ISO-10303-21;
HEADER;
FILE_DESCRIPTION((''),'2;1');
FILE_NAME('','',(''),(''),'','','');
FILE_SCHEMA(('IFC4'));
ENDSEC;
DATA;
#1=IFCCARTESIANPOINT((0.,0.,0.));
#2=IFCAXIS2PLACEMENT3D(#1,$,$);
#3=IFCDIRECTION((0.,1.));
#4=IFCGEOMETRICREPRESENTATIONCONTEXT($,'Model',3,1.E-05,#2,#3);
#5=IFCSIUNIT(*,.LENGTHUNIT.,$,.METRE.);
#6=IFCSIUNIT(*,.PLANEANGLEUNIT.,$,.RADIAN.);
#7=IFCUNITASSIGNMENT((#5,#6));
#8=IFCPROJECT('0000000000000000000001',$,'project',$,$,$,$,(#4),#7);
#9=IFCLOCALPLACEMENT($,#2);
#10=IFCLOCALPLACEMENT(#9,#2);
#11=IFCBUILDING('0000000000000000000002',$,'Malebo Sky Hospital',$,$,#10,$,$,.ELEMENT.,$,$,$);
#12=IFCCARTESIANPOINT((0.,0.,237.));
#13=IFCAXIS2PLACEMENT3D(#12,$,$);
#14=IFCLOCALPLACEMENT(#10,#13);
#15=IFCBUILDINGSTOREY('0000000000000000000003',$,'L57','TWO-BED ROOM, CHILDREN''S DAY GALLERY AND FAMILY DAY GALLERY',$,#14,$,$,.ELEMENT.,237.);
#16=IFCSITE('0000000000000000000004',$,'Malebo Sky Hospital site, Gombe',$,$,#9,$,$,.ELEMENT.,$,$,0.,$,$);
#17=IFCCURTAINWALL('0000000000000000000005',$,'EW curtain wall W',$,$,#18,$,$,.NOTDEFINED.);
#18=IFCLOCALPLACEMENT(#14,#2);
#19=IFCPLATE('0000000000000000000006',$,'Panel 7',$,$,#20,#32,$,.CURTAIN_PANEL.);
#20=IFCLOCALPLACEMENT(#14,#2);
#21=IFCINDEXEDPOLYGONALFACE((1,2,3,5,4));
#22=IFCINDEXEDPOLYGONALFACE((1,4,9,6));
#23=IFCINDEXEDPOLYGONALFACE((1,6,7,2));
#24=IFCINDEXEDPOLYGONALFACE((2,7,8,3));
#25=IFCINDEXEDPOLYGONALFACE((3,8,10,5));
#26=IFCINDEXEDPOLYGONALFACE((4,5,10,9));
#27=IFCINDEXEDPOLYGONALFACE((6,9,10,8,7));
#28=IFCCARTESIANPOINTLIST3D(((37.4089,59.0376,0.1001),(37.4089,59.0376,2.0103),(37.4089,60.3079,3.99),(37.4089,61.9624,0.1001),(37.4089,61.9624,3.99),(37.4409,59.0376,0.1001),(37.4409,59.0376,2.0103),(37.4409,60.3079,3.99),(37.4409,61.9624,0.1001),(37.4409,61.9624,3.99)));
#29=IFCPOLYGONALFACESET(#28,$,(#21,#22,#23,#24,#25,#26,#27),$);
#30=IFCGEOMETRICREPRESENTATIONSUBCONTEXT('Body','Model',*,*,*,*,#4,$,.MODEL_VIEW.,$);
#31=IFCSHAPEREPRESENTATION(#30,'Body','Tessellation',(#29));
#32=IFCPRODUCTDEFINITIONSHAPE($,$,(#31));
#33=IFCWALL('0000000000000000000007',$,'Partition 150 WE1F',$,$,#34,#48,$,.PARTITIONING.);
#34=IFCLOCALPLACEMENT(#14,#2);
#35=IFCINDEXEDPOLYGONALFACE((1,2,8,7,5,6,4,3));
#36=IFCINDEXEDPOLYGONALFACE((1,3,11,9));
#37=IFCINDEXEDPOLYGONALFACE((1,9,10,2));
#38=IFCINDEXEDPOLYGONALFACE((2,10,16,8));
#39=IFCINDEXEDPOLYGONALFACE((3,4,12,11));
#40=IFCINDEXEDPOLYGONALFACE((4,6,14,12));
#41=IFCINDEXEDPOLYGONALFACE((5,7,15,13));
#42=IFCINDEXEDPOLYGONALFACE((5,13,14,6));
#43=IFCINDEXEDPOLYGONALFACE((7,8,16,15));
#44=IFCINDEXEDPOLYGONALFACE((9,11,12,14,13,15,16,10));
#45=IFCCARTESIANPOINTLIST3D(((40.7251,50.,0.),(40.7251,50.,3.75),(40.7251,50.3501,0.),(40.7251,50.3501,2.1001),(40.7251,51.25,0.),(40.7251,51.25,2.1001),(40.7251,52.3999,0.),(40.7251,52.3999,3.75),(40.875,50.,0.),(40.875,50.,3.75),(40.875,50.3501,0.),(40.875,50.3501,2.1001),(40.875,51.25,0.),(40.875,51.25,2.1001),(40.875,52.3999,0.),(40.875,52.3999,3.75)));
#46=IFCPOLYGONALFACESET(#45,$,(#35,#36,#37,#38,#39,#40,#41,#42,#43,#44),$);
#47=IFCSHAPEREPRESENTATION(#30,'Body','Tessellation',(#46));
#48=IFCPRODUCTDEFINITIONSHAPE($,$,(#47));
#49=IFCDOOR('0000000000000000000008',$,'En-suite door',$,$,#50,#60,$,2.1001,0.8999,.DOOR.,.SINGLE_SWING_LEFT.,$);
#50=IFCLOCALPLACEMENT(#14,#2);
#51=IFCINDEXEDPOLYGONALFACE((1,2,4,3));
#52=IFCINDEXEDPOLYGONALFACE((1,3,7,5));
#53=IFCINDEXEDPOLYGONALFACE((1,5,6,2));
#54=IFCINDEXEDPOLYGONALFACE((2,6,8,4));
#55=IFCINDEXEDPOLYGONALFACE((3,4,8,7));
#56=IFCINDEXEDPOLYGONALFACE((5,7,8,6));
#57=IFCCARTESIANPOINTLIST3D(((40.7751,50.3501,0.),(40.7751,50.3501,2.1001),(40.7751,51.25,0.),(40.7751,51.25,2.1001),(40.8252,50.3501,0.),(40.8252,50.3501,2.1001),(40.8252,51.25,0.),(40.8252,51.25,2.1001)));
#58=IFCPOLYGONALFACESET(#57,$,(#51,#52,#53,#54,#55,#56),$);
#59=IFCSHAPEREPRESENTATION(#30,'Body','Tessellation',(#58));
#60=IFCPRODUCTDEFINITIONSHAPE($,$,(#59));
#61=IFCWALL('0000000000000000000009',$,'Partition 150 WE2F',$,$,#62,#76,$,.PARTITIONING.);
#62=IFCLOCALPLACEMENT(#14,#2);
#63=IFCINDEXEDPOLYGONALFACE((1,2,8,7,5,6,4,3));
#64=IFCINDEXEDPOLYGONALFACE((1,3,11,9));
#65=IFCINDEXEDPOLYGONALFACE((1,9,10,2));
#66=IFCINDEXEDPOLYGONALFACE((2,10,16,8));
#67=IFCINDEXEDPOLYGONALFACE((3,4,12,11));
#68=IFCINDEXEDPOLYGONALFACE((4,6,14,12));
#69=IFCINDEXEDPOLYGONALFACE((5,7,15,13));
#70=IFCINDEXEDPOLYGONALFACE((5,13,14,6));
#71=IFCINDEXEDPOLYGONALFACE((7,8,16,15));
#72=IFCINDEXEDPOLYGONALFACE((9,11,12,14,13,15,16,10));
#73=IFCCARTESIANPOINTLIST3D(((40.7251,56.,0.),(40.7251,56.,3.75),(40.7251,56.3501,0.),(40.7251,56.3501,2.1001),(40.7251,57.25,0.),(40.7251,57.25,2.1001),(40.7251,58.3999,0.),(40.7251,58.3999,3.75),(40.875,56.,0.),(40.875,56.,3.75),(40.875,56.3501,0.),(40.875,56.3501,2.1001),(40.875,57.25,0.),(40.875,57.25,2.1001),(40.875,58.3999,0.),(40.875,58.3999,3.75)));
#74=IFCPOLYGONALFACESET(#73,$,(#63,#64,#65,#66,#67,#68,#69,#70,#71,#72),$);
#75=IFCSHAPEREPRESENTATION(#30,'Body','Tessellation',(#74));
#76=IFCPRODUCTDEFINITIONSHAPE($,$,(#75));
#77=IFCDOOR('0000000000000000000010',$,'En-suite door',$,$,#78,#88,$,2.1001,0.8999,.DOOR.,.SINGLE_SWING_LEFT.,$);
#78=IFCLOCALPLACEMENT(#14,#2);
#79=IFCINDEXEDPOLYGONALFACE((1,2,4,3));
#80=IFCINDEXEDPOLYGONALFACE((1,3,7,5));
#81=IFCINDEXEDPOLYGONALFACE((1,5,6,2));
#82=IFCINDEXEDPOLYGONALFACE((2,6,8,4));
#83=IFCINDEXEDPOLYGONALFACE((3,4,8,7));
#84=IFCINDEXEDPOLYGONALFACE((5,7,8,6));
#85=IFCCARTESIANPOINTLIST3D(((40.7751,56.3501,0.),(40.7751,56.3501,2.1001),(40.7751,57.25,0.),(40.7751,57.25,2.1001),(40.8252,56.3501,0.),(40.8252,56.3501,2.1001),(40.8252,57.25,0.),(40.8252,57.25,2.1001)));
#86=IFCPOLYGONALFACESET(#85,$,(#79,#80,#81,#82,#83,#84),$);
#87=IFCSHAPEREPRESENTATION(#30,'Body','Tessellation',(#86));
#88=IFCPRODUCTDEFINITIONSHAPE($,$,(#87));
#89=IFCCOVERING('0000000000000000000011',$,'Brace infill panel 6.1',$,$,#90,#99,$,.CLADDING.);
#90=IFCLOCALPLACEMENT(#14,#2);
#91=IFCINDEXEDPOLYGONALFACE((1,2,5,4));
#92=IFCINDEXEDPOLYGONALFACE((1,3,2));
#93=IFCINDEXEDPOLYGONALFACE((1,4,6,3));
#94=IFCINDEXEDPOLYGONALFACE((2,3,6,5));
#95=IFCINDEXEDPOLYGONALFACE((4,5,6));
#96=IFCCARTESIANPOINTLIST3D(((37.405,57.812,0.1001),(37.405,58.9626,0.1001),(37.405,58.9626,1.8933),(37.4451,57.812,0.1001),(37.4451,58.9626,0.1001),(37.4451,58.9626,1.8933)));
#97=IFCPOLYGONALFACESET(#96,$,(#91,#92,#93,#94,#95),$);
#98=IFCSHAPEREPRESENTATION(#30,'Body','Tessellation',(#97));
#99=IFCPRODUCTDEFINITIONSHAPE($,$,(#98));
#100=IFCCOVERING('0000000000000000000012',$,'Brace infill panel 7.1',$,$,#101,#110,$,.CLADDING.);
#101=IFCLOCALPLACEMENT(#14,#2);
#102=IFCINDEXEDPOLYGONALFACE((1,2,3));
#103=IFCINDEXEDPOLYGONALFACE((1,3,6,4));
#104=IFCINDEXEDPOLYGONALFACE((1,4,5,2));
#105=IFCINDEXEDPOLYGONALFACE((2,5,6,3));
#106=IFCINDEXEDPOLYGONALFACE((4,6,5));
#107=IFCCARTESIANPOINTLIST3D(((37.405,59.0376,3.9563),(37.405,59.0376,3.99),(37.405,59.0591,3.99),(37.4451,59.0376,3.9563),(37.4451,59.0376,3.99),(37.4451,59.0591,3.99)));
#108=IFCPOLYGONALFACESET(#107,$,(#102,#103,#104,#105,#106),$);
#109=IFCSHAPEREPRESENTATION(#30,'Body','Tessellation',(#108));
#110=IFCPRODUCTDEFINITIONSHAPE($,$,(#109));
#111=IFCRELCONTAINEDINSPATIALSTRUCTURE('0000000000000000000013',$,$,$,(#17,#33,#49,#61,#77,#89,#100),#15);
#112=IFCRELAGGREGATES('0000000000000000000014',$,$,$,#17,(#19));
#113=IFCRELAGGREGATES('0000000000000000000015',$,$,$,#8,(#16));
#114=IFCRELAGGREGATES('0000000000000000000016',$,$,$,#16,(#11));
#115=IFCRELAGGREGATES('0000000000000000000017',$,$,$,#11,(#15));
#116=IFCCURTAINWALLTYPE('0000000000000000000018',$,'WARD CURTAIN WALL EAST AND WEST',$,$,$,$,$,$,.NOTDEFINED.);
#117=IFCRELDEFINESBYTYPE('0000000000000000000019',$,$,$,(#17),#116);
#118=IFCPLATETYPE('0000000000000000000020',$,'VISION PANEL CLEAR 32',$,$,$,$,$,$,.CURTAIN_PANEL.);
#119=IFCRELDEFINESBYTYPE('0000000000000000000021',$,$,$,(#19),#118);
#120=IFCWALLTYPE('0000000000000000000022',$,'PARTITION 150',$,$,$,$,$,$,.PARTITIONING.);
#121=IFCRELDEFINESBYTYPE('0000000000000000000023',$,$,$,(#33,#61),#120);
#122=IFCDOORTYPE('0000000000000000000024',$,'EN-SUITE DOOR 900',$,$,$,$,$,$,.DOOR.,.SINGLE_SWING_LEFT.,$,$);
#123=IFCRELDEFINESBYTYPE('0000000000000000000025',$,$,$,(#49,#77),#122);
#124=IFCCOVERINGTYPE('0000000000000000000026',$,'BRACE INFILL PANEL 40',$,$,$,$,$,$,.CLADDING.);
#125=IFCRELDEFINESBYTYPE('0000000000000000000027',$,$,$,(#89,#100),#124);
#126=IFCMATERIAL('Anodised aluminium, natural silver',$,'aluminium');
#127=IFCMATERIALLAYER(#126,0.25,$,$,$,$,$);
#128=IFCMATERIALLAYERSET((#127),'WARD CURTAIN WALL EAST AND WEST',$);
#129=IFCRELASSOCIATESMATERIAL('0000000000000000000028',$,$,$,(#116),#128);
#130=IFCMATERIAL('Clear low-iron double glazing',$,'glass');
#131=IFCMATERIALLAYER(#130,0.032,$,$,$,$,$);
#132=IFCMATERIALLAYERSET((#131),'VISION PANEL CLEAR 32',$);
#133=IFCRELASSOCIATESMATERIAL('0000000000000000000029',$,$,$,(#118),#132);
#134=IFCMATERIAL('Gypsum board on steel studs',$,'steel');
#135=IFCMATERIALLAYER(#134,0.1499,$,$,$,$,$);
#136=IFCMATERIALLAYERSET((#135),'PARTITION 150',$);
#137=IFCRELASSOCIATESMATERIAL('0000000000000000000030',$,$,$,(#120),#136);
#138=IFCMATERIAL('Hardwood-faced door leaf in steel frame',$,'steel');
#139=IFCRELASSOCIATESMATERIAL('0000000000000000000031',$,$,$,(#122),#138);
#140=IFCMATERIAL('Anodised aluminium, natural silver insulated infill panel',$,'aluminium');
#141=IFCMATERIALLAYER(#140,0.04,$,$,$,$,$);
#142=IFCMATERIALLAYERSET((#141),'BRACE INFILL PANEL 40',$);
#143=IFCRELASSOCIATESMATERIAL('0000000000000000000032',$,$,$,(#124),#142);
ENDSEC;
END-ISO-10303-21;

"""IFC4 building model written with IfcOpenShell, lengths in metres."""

from ifc_helpers import new_model, si_unit, direction, frame, frame_2d, origin, place, context, subcontext, project, spatial, polyline, rectangle, outline, extrude, material, layer, layer_set, type_object, element, fill, aggregate, save


model = new_model("IFC4")

# Units and contexts
model_context = context("Model", 3, precision=1e-05, world=origin(), true_north=direction((0.0, 1.0)))
body_context = subcontext(model_context, "Body", "Model", "MODEL_VIEW")
ifc_project = project(units=[si_unit("LENGTHUNIT", "METRE"), si_unit("PLANEANGLEUNIT", "RADIAN")], contexts=[model_context])

# Site, building, storey
site_placement = place(None, origin())
site = spatial("IfcSite", under=ifc_project, at=site_placement, Name="Malebo Sky Hospital site, Gombe", CompositionType="ELEMENT", RefElevation=0.0)
building_placement = place(site_placement, origin())
building = spatial("IfcBuilding", under=site, at=building_placement, Name="Malebo Sky Hospital", CompositionType="ELEMENT")
storey_placement = place(building_placement, frame((0.0, 0.0, 237.0)))
storey = spatial("IfcBuildingStorey", under=building, at=storey_placement, Name="L57", Description="TWO-BED ROOM, CHILDREN'S DAY GALLERY AND FAMILY DAY GALLERY", CompositionType="ELEMENT", Elevation=237.0)

# Curtain wall
ifc_material_1 = material(Name="Anodised aluminium, natural silver", Category="aluminium")
ifc_layer_1 = layer(ifc_material_1, 0.25)
ifc_layer_set_1 = layer_set([ifc_layer_1], Name="WARD CURTAIN WALL EAST AND WEST")
curtain_wall_type = type_object("IfcCurtainWallType", Name="WARD CURTAIN WALL EAST AND WEST", PredefinedType="NOTDEFINED", material=ifc_layer_set_1)
curtain_wall_placement = place(storey_placement, origin())
curtain_wall = element("IfcCurtainWall", 1, at=curtain_wall_placement, inside=storey, type_object=curtain_wall_type, Name="EW curtain wall W", PredefinedType="NOTDEFINED")

# Plate
ifc_material_2 = material(Name="Clear low-iron double glazing", Category="glass")
ifc_layer_2 = layer(ifc_material_2, 0.032)
ifc_layer_set_2 = layer_set([ifc_layer_2], Name="VISION PANEL CLEAR 32")
plate_type = type_object("IfcPlateType", Name="VISION PANEL CLEAR 32", PredefinedType="CURTAIN_PANEL", material=ifc_layer_set_2)
plate_1_placement = place(storey_placement, frame((37.425, 60.5, 0.1001), z_axis=(0.0, 0.0, 1.0), x_axis=(0.0, 1.0, 0.0)))
plate_1 = element("IfcPlate", 2, at=plate_1_placement, type_object=plate_type, Name="Panel 7", PredefinedType="CURTAIN_PANEL", context=body_context, shape_type="SweptSolid", body=[
    extrude(outline(polyline([(-1.4624, 0.0), (1.4624, 0.0), (1.4624, 3.8899), (-0.1921, 3.8899), (-1.4624, 1.9102), (-1.4624, 0.0)])), frame((0.0, 0.0161, 0.0), z_axis=(0.0, -1.0, 0.0), x_axis=(1.0, 0.0, 0.0)), (0.0, 0.0, 1.0), 0.032),
])
aggregate(curtain_wall, [plate_1])

# Walls, openings, doors
ifc_material_3 = material(Name="Gypsum board on steel studs", Category="steel")
ifc_layer_3 = layer(ifc_material_3, 0.1499)
ifc_layer_set_3 = layer_set([ifc_layer_3], Name="PARTITION 150")
wall_type = type_object("IfcWallType", Name="PARTITION 150", PredefinedType="PARTITIONING", material=ifc_layer_set_3)
wall_1_placement = place(storey_placement, frame((40.8, 50.0, 0.0), z_axis=(0.0, 0.0, 1.0), x_axis=(0.0, 1.0, 0.0)))
wall_1 = element("IfcWall", 3, at=wall_1_placement, inside=storey, type_object=wall_type, Name="Partition 150 WE1F", PredefinedType="PARTITIONING", context=body_context, shape_type="SweptSolid", body=[
    extrude(rectangle(XDim=2.3999, YDim=0.1499, at=frame_2d((1.2, 0.0))), origin(), (0.0, 0.0, 1.0), 3.75),
])
opening_1_placement = place(wall_1_placement, frame((0.3501, 0.0, 0.0)))
opening_1 = element("IfcOpeningElement", 4, at=opening_1_placement, cuts=wall_1, PredefinedType="OPENING", context=body_context, shape_type="SweptSolid", body=[
    extrude(rectangle(XDim=0.8999, YDim=2.1001, at=frame_2d((0.45, 1.05))), frame((0.0, 0.085, 0.0), z_axis=(0.0, -1.0, 0.0), x_axis=(1.0, 0.0, 0.0)), (0.0, 0.0, 1.0), 0.1699),
])
ifc_material_4 = material(Name="Hardwood-faced door leaf in steel frame", Category="steel")
door_type = type_object("IfcDoorType", Name="EN-SUITE DOOR 900", OperationType="SINGLE_SWING_LEFT", PredefinedType="DOOR", material=ifc_material_4)
door_1_placement = place(opening_1_placement, origin())
door_1 = element("IfcDoor", 5, at=door_1_placement, inside=storey, type_object=door_type, Name="En-suite door", OperationType="SINGLE_SWING_LEFT", OverallHeight=2.1001, OverallWidth=0.8999, PredefinedType="DOOR", context=body_context, shape_type="SweptSolid", body=[
    extrude(rectangle(XDim=0.8999, YDim=2.1001, at=frame_2d((0.45, 1.05))), frame((0.0, 0.0249, 0.0), z_axis=(0.0, -1.0, 0.0), x_axis=(1.0, 0.0, 0.0)), (0.0, 0.0, 1.0), 0.05),
])
fill(opening_1, door_1)
wall_2_placement = place(storey_placement, frame((40.8, 56.0, 0.0), z_axis=(0.0, 0.0, 1.0), x_axis=(0.0, 1.0, 0.0)))
wall_2 = element("IfcWall", 6, at=wall_2_placement, inside=storey, type_object=wall_type, Name="Partition 150 WE2F", PredefinedType="PARTITIONING", context=body_context, shape_type="SweptSolid", body=[
    extrude(rectangle(XDim=2.3999, YDim=0.1499, at=frame_2d((1.2, 0.0))), origin(), (0.0, 0.0, 1.0), 3.75),
])
opening_2_placement = place(wall_2_placement, frame((0.3501, 0.0, 0.0)))
opening_2 = element("IfcOpeningElement", 7, at=opening_2_placement, cuts=wall_2, PredefinedType="OPENING", context=body_context, shape_type="SweptSolid", body=[
    extrude(rectangle(XDim=0.8999, YDim=2.1001, at=frame_2d((0.45, 1.05))), frame((0.0, 0.085, 0.0), z_axis=(0.0, -1.0, 0.0), x_axis=(1.0, 0.0, 0.0)), (0.0, 0.0, 1.0), 0.1699),
])
door_2_placement = place(opening_2_placement, origin())
door_2 = element("IfcDoor", 8, at=door_2_placement, inside=storey, type_object=door_type, Name="En-suite door", OperationType="SINGLE_SWING_LEFT", OverallHeight=2.1001, OverallWidth=0.8999, PredefinedType="DOOR", context=body_context, shape_type="SweptSolid", body=[
    extrude(rectangle(XDim=0.8999, YDim=2.1001, at=frame_2d((0.45, 1.05))), frame((0.0, 0.0249, 0.0), z_axis=(0.0, -1.0, 0.0), x_axis=(1.0, 0.0, 0.0)), (0.0, 0.0, 1.0), 0.05),
])
fill(opening_2, door_2)

# Coverings
ifc_material_5 = material(Name="Anodised aluminium, natural silver insulated infill panel", Category="aluminium")
ifc_layer_4 = layer(ifc_material_5, 0.04)
ifc_layer_set_4 = layer_set([ifc_layer_4], Name="BRACE INFILL PANEL 40")
covering_type = type_object("IfcCoveringType", Name="BRACE INFILL PANEL 40", PredefinedType="CLADDING", material=ifc_layer_set_4)
covering_1_placement = place(storey_placement, frame((37.425, 58.3872, 0.1001), z_axis=(0.0, 0.0, 1.0), x_axis=(0.0, 1.0, 0.0)))
element("IfcCovering", 9, at=covering_1_placement, inside=storey, type_object=covering_type, Name="Brace infill panel 6.1", PredefinedType="CLADDING", context=body_context, shape_type="SweptSolid", body=[
    extrude(outline(polyline([(-0.5752, 0.0), (0.5754, 0.0), (0.5754, 1.7932), (-0.5752, 0.0)])), frame((0.0, 0.02, 0.0), z_axis=(0.0, -1.0, 0.0), x_axis=(1.0, 0.0, 0.0)), (0.0, 0.0, 1.0), 0.04),
])
covering_2_placement = place(storey_placement, frame((37.425, 59.0483, 3.9563), z_axis=(0.0, 0.0, 1.0), x_axis=(0.0, 1.0, 0.0)))
element("IfcCovering", 10, at=covering_2_placement, inside=storey, type_object=covering_type, Name="Brace infill panel 7.1", PredefinedType="CLADDING", context=body_context, shape_type="SweptSolid", body=[
    extrude(outline(polyline([(-0.0107, 0.0), (0.0107, 0.0337), (-0.0107, 0.0337), (-0.0107, 0.0)])), frame((0.0, 0.02, 0.0), z_axis=(0.0, -1.0, 0.0), x_axis=(1.0, 0.0, 0.0)), (0.0, 0.0, 1.0), 0.04),
])

save(model, "model.ifc")
